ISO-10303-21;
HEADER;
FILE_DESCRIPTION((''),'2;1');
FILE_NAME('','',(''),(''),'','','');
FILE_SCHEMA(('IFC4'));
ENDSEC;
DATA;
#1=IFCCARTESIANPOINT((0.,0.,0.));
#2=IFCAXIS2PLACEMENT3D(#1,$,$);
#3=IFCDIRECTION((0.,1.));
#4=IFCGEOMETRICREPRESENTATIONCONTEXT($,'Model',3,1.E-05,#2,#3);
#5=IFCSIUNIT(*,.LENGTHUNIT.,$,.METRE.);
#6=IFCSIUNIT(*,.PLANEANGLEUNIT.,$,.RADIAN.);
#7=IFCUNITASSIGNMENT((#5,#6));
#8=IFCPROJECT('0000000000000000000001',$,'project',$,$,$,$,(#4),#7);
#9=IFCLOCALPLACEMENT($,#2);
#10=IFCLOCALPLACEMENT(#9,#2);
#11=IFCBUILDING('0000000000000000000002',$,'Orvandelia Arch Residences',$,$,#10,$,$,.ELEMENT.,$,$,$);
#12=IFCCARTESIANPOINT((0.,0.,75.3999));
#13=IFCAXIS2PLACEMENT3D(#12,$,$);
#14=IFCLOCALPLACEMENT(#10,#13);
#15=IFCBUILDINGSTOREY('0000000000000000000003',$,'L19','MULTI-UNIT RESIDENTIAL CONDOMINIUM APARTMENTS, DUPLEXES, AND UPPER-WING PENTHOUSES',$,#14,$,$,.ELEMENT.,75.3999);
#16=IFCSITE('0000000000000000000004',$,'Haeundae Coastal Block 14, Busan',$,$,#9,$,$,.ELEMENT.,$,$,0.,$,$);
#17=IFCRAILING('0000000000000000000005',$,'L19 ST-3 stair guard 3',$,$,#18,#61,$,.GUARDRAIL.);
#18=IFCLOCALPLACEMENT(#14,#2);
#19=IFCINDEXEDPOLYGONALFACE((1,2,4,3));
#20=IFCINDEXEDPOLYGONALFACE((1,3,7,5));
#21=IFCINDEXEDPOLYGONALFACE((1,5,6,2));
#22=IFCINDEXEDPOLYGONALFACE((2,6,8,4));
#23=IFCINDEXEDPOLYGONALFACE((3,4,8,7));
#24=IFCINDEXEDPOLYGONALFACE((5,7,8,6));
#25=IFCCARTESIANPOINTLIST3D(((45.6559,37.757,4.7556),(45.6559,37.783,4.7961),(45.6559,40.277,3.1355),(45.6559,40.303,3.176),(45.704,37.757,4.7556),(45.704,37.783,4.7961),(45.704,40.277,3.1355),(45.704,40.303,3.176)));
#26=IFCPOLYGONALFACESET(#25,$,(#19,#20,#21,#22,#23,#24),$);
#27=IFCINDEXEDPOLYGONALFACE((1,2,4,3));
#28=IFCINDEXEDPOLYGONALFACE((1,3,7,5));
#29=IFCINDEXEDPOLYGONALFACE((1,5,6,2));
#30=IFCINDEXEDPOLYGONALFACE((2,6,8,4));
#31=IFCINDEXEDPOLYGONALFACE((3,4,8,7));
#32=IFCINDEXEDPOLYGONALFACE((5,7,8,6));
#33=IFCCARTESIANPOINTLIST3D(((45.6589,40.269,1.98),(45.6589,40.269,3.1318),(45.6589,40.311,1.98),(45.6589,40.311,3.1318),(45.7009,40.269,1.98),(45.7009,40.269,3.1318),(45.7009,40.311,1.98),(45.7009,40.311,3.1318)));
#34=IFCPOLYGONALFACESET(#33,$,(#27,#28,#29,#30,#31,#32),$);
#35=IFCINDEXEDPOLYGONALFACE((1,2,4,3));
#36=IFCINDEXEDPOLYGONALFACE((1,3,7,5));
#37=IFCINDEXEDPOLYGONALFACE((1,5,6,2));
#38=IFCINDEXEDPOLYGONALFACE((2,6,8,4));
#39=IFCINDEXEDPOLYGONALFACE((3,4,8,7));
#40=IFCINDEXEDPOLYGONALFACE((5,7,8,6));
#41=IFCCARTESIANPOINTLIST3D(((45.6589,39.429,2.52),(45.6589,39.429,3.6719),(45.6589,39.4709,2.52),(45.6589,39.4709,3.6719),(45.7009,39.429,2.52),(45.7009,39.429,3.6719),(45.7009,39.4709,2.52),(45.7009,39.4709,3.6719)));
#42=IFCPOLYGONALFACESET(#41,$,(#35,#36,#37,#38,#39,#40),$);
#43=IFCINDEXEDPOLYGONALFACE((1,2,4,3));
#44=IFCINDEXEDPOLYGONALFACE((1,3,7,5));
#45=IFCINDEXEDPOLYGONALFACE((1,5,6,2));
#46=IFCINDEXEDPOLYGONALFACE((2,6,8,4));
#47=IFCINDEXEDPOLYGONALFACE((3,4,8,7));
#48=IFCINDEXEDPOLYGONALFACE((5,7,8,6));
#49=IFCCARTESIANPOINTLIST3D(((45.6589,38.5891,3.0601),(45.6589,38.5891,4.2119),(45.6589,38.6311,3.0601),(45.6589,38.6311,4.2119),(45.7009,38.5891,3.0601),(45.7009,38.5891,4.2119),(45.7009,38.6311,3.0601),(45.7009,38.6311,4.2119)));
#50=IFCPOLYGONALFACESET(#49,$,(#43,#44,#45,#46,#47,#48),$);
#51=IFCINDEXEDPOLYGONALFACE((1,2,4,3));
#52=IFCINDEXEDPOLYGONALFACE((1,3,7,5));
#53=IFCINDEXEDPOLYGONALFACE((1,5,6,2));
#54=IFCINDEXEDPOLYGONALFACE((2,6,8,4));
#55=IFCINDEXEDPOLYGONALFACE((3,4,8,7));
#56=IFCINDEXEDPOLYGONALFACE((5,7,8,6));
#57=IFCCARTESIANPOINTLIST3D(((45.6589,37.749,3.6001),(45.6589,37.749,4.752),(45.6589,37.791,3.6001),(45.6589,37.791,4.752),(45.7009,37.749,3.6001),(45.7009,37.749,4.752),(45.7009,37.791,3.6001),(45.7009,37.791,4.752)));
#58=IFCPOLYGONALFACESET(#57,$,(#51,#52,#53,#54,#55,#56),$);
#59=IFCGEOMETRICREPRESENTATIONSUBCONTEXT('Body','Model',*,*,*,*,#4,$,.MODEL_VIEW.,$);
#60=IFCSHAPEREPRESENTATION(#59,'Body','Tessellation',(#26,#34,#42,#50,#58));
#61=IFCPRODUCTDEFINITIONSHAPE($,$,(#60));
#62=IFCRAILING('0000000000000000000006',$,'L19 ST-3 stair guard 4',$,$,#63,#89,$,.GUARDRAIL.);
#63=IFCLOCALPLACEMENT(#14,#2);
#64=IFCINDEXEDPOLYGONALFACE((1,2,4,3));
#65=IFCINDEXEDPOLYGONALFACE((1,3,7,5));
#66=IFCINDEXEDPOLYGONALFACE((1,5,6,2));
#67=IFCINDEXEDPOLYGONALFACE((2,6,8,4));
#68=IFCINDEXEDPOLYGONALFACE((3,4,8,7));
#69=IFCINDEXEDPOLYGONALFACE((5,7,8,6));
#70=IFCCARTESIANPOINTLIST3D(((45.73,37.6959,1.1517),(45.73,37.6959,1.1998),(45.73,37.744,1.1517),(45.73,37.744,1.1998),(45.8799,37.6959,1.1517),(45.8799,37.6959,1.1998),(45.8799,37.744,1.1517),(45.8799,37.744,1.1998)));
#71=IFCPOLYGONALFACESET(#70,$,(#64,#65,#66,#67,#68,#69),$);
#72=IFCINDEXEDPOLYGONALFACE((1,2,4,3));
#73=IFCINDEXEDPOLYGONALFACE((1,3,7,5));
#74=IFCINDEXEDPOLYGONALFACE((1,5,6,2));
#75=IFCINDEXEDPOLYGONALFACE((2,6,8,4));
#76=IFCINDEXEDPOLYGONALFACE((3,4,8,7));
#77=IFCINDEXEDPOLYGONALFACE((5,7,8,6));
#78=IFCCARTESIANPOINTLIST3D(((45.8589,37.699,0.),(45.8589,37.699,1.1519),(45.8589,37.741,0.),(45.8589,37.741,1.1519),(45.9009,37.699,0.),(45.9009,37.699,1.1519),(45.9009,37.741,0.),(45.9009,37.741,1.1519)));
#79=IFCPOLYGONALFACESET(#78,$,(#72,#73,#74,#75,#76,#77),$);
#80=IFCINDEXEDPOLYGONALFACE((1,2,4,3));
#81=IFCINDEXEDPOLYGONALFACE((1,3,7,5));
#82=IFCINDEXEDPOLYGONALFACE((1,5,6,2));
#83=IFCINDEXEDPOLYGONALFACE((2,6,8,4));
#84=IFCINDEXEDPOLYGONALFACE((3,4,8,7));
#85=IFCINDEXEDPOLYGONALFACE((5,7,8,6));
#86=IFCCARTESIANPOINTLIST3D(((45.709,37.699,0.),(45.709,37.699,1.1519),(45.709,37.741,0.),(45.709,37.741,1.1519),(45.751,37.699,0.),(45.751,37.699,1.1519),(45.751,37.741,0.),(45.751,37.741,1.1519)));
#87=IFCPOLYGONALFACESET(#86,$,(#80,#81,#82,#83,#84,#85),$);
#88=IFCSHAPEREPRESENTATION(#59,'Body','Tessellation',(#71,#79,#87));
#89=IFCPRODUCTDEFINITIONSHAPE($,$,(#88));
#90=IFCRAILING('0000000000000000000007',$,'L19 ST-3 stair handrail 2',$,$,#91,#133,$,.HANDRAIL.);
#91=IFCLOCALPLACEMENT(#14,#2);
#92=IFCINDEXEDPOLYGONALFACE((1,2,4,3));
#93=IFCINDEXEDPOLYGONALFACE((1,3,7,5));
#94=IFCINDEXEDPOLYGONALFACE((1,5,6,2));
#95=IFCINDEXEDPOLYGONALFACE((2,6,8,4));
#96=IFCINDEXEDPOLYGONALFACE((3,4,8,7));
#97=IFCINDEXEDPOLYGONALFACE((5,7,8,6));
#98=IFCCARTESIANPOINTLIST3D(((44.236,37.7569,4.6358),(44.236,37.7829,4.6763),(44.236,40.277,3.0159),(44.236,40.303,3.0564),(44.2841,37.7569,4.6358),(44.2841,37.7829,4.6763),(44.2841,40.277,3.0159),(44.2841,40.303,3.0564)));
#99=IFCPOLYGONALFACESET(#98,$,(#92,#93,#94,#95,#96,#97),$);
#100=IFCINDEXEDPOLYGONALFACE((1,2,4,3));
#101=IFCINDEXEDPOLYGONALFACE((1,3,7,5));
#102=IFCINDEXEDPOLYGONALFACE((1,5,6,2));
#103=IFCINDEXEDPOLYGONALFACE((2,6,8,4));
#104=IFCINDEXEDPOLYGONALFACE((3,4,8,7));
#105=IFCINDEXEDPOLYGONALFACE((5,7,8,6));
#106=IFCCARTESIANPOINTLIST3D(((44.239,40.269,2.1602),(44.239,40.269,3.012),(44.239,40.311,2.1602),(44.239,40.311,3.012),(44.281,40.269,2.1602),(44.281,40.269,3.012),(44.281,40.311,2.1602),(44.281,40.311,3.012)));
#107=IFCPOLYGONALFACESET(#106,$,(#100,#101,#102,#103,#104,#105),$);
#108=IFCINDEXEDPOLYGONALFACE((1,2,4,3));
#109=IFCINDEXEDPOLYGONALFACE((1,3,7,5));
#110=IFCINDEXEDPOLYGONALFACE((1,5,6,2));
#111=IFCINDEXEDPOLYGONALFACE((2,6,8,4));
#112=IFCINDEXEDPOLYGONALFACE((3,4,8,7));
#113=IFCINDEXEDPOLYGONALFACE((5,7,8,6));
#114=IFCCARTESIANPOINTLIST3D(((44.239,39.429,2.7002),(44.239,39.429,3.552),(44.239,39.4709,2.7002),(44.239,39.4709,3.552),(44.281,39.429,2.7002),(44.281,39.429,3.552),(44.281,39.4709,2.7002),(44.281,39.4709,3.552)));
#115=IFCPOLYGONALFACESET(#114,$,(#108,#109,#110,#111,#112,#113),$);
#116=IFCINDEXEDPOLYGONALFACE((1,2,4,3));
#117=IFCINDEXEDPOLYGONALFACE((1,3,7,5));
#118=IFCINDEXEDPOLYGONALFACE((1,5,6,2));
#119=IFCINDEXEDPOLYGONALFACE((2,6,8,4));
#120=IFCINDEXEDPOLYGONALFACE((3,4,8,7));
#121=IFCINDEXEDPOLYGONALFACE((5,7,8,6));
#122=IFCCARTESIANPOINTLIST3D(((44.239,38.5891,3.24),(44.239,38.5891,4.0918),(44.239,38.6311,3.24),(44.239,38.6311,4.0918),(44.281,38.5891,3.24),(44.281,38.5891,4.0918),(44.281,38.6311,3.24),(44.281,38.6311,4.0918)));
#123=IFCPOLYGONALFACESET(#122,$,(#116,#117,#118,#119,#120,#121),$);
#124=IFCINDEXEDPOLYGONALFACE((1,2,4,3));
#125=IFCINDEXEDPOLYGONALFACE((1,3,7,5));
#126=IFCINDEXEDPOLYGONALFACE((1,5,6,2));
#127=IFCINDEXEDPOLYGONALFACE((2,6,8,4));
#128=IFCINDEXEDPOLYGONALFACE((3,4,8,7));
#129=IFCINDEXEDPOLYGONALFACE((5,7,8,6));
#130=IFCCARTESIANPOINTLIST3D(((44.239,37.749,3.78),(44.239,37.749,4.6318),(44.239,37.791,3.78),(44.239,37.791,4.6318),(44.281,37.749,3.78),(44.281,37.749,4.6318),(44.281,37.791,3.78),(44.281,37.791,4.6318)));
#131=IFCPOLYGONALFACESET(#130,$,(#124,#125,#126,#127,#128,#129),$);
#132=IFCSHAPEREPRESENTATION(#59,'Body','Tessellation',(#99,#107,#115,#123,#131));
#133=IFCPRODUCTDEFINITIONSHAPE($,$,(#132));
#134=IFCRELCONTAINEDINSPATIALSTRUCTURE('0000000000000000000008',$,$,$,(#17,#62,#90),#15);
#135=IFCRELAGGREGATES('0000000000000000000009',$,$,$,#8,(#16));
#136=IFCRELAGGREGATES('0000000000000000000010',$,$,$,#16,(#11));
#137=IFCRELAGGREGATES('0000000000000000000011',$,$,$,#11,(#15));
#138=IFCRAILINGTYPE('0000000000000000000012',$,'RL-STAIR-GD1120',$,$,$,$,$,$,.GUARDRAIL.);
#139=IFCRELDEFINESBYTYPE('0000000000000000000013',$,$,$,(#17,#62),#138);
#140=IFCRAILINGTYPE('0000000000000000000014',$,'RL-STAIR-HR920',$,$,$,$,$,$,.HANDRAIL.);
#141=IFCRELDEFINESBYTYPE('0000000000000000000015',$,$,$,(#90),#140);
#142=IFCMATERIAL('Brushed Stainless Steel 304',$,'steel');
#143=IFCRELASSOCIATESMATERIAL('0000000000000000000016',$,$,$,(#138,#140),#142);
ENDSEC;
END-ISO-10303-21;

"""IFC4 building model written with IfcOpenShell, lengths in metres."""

from ifc_helpers import new_model, si_unit, direction, frame, origin, origin_2d, place, context, subcontext, project, spatial, rectangle, extrude, material, type_object, element, save


model = new_model("IFC4")

# Units and contexts
model_context = context("Model", 3, precision=1e-05, world=origin(), true_north=direction((0.0, 1.0)))
body_context = subcontext(model_context, "Body", "Model", "MODEL_VIEW")
ifc_project = project(units=[si_unit("LENGTHUNIT", "METRE"), si_unit("PLANEANGLEUNIT", "RADIAN")], contexts=[model_context])

# Site, building, storey
site_placement = place(None, origin())
site = spatial("IfcSite", under=ifc_project, at=site_placement, Name="Haeundae Coastal Block 14, Busan", CompositionType="ELEMENT", RefElevation=0.0)
building_placement = place(site_placement, origin())
building = spatial("IfcBuilding", under=site, at=building_placement, Name="Orvandelia Arch Residences", CompositionType="ELEMENT")
storey_placement = place(building_placement, frame((0.0, 0.0, 75.3999)))
storey = spatial("IfcBuildingStorey", under=building, at=storey_placement, Name="L19", Description="MULTI-UNIT RESIDENTIAL CONDOMINIUM APARTMENTS, DUPLEXES, AND UPPER-WING PENTHOUSES", CompositionType="ELEMENT", Elevation=75.3999)

# Railings
ifc_material_1 = material(Name="Brushed Stainless Steel 304", Category="steel")
railing_type_1 = type_object("IfcRailingType", Name="RL-STAIR-GD1120", PredefinedType="GUARDRAIL", material=ifc_material_1)
railing_1_placement = place(storey_placement, frame((45.6799, 40.29, 1.98)))
element("IfcRailing", 1, at=railing_1_placement, inside=storey, type_object=railing_type_1, Name="L19 ST-3 stair guard 3", PredefinedType="GUARDRAIL", context=body_context, shape_type="SweptSolid", body=[
    extrude(rectangle(XDim=0.0481, YDim=0.0481, at=origin_2d()), frame((0.0, 0.0, 1.1758), z_axis=(0.0, -0.841163, 0.540782), x_axis=(1.0, 0.0, 0.0)), (0.0, 0.0, 1.0), 2.9958),
    extrude(rectangle(XDim=0.042, YDim=0.042, at=origin_2d()), origin(), (0.0, 0.0, 1.0), 1.1519),
    extrude(rectangle(XDim=0.042, YDim=0.042, at=origin_2d()), frame((0.0, -0.8401, 0.54)), (0.0, 0.0, 1.0), 1.1519),
    extrude(rectangle(XDim=0.042, YDim=0.042, at=origin_2d()), frame((0.0, -1.6799, 1.0801)), (0.0, 0.0, 1.0), 1.1519),
    extrude(rectangle(XDim=0.042, YDim=0.042, at=origin_2d()), frame((0.0, -2.52, 1.6201)), (0.0, 0.0, 1.0), 1.1519),
])
railing_2_placement = place(storey_placement, frame((45.8799, 37.72, 0.0)))
element("IfcRailing", 2, at=railing_2_placement, inside=storey, type_object=railing_type_1, Name="L19 ST-3 stair guard 4", PredefinedType="GUARDRAIL", context=body_context, shape_type="SweptSolid", body=[
    extrude(rectangle(XDim=0.0481, YDim=0.0481, at=origin_2d()), frame((0.0, 0.0, 1.1758), z_axis=(-1.0, 0.0, 0.0), x_axis=(0.0, -1.0, 0.0)), (0.0, 0.0, 1.0), 0.1499),
    extrude(rectangle(XDim=0.042, YDim=0.042, at=origin_2d()), origin(), (0.0, 0.0, 1.0), 1.1519),
    extrude(rectangle(XDim=0.042, YDim=0.042, at=origin_2d()), frame((-0.1499, 0.0, 0.0)), (0.0, 0.0, 1.0), 1.1519),
])
railing_type_2 = type_object("IfcRailingType", Name="RL-STAIR-HR920", PredefinedType="HANDRAIL", material=ifc_material_1)
railing_3_placement = place(storey_placement, frame((44.26, 40.29, 2.1602)))
element("IfcRailing", 3, at=railing_3_placement, inside=storey, type_object=railing_type_2, Name="L19 ST-3 stair handrail 2", PredefinedType="HANDRAIL", context=body_context, shape_type="SweptSolid", body=[
    extrude(rectangle(XDim=0.0481, YDim=0.0481, at=origin_2d()), frame((0.0, 0.0, 0.876), z_axis=(0.0, -0.8412, 0.540725), x_axis=(1.0, 0.0, 0.0)), (0.0, 0.0, 1.0), 2.9958),
    extrude(rectangle(XDim=0.042, YDim=0.042, at=origin_2d()), origin(), (0.0, 0.0, 1.0), 0.8518),
    extrude(rectangle(XDim=0.042, YDim=0.042, at=origin_2d()), frame((0.0, -0.8401, 0.54)), (0.0, 0.0, 1.0), 0.8518),
    extrude(rectangle(XDim=0.042, YDim=0.042, at=origin_2d()), frame((0.0, -1.6799, 1.0798)), (0.0, 0.0, 1.0), 0.8518),
    extrude(rectangle(XDim=0.042, YDim=0.042, at=origin_2d()), frame((0.0, -2.52, 1.6199)), (0.0, 0.0, 1.0), 0.8518),
])

save(model, "model.ifc")
